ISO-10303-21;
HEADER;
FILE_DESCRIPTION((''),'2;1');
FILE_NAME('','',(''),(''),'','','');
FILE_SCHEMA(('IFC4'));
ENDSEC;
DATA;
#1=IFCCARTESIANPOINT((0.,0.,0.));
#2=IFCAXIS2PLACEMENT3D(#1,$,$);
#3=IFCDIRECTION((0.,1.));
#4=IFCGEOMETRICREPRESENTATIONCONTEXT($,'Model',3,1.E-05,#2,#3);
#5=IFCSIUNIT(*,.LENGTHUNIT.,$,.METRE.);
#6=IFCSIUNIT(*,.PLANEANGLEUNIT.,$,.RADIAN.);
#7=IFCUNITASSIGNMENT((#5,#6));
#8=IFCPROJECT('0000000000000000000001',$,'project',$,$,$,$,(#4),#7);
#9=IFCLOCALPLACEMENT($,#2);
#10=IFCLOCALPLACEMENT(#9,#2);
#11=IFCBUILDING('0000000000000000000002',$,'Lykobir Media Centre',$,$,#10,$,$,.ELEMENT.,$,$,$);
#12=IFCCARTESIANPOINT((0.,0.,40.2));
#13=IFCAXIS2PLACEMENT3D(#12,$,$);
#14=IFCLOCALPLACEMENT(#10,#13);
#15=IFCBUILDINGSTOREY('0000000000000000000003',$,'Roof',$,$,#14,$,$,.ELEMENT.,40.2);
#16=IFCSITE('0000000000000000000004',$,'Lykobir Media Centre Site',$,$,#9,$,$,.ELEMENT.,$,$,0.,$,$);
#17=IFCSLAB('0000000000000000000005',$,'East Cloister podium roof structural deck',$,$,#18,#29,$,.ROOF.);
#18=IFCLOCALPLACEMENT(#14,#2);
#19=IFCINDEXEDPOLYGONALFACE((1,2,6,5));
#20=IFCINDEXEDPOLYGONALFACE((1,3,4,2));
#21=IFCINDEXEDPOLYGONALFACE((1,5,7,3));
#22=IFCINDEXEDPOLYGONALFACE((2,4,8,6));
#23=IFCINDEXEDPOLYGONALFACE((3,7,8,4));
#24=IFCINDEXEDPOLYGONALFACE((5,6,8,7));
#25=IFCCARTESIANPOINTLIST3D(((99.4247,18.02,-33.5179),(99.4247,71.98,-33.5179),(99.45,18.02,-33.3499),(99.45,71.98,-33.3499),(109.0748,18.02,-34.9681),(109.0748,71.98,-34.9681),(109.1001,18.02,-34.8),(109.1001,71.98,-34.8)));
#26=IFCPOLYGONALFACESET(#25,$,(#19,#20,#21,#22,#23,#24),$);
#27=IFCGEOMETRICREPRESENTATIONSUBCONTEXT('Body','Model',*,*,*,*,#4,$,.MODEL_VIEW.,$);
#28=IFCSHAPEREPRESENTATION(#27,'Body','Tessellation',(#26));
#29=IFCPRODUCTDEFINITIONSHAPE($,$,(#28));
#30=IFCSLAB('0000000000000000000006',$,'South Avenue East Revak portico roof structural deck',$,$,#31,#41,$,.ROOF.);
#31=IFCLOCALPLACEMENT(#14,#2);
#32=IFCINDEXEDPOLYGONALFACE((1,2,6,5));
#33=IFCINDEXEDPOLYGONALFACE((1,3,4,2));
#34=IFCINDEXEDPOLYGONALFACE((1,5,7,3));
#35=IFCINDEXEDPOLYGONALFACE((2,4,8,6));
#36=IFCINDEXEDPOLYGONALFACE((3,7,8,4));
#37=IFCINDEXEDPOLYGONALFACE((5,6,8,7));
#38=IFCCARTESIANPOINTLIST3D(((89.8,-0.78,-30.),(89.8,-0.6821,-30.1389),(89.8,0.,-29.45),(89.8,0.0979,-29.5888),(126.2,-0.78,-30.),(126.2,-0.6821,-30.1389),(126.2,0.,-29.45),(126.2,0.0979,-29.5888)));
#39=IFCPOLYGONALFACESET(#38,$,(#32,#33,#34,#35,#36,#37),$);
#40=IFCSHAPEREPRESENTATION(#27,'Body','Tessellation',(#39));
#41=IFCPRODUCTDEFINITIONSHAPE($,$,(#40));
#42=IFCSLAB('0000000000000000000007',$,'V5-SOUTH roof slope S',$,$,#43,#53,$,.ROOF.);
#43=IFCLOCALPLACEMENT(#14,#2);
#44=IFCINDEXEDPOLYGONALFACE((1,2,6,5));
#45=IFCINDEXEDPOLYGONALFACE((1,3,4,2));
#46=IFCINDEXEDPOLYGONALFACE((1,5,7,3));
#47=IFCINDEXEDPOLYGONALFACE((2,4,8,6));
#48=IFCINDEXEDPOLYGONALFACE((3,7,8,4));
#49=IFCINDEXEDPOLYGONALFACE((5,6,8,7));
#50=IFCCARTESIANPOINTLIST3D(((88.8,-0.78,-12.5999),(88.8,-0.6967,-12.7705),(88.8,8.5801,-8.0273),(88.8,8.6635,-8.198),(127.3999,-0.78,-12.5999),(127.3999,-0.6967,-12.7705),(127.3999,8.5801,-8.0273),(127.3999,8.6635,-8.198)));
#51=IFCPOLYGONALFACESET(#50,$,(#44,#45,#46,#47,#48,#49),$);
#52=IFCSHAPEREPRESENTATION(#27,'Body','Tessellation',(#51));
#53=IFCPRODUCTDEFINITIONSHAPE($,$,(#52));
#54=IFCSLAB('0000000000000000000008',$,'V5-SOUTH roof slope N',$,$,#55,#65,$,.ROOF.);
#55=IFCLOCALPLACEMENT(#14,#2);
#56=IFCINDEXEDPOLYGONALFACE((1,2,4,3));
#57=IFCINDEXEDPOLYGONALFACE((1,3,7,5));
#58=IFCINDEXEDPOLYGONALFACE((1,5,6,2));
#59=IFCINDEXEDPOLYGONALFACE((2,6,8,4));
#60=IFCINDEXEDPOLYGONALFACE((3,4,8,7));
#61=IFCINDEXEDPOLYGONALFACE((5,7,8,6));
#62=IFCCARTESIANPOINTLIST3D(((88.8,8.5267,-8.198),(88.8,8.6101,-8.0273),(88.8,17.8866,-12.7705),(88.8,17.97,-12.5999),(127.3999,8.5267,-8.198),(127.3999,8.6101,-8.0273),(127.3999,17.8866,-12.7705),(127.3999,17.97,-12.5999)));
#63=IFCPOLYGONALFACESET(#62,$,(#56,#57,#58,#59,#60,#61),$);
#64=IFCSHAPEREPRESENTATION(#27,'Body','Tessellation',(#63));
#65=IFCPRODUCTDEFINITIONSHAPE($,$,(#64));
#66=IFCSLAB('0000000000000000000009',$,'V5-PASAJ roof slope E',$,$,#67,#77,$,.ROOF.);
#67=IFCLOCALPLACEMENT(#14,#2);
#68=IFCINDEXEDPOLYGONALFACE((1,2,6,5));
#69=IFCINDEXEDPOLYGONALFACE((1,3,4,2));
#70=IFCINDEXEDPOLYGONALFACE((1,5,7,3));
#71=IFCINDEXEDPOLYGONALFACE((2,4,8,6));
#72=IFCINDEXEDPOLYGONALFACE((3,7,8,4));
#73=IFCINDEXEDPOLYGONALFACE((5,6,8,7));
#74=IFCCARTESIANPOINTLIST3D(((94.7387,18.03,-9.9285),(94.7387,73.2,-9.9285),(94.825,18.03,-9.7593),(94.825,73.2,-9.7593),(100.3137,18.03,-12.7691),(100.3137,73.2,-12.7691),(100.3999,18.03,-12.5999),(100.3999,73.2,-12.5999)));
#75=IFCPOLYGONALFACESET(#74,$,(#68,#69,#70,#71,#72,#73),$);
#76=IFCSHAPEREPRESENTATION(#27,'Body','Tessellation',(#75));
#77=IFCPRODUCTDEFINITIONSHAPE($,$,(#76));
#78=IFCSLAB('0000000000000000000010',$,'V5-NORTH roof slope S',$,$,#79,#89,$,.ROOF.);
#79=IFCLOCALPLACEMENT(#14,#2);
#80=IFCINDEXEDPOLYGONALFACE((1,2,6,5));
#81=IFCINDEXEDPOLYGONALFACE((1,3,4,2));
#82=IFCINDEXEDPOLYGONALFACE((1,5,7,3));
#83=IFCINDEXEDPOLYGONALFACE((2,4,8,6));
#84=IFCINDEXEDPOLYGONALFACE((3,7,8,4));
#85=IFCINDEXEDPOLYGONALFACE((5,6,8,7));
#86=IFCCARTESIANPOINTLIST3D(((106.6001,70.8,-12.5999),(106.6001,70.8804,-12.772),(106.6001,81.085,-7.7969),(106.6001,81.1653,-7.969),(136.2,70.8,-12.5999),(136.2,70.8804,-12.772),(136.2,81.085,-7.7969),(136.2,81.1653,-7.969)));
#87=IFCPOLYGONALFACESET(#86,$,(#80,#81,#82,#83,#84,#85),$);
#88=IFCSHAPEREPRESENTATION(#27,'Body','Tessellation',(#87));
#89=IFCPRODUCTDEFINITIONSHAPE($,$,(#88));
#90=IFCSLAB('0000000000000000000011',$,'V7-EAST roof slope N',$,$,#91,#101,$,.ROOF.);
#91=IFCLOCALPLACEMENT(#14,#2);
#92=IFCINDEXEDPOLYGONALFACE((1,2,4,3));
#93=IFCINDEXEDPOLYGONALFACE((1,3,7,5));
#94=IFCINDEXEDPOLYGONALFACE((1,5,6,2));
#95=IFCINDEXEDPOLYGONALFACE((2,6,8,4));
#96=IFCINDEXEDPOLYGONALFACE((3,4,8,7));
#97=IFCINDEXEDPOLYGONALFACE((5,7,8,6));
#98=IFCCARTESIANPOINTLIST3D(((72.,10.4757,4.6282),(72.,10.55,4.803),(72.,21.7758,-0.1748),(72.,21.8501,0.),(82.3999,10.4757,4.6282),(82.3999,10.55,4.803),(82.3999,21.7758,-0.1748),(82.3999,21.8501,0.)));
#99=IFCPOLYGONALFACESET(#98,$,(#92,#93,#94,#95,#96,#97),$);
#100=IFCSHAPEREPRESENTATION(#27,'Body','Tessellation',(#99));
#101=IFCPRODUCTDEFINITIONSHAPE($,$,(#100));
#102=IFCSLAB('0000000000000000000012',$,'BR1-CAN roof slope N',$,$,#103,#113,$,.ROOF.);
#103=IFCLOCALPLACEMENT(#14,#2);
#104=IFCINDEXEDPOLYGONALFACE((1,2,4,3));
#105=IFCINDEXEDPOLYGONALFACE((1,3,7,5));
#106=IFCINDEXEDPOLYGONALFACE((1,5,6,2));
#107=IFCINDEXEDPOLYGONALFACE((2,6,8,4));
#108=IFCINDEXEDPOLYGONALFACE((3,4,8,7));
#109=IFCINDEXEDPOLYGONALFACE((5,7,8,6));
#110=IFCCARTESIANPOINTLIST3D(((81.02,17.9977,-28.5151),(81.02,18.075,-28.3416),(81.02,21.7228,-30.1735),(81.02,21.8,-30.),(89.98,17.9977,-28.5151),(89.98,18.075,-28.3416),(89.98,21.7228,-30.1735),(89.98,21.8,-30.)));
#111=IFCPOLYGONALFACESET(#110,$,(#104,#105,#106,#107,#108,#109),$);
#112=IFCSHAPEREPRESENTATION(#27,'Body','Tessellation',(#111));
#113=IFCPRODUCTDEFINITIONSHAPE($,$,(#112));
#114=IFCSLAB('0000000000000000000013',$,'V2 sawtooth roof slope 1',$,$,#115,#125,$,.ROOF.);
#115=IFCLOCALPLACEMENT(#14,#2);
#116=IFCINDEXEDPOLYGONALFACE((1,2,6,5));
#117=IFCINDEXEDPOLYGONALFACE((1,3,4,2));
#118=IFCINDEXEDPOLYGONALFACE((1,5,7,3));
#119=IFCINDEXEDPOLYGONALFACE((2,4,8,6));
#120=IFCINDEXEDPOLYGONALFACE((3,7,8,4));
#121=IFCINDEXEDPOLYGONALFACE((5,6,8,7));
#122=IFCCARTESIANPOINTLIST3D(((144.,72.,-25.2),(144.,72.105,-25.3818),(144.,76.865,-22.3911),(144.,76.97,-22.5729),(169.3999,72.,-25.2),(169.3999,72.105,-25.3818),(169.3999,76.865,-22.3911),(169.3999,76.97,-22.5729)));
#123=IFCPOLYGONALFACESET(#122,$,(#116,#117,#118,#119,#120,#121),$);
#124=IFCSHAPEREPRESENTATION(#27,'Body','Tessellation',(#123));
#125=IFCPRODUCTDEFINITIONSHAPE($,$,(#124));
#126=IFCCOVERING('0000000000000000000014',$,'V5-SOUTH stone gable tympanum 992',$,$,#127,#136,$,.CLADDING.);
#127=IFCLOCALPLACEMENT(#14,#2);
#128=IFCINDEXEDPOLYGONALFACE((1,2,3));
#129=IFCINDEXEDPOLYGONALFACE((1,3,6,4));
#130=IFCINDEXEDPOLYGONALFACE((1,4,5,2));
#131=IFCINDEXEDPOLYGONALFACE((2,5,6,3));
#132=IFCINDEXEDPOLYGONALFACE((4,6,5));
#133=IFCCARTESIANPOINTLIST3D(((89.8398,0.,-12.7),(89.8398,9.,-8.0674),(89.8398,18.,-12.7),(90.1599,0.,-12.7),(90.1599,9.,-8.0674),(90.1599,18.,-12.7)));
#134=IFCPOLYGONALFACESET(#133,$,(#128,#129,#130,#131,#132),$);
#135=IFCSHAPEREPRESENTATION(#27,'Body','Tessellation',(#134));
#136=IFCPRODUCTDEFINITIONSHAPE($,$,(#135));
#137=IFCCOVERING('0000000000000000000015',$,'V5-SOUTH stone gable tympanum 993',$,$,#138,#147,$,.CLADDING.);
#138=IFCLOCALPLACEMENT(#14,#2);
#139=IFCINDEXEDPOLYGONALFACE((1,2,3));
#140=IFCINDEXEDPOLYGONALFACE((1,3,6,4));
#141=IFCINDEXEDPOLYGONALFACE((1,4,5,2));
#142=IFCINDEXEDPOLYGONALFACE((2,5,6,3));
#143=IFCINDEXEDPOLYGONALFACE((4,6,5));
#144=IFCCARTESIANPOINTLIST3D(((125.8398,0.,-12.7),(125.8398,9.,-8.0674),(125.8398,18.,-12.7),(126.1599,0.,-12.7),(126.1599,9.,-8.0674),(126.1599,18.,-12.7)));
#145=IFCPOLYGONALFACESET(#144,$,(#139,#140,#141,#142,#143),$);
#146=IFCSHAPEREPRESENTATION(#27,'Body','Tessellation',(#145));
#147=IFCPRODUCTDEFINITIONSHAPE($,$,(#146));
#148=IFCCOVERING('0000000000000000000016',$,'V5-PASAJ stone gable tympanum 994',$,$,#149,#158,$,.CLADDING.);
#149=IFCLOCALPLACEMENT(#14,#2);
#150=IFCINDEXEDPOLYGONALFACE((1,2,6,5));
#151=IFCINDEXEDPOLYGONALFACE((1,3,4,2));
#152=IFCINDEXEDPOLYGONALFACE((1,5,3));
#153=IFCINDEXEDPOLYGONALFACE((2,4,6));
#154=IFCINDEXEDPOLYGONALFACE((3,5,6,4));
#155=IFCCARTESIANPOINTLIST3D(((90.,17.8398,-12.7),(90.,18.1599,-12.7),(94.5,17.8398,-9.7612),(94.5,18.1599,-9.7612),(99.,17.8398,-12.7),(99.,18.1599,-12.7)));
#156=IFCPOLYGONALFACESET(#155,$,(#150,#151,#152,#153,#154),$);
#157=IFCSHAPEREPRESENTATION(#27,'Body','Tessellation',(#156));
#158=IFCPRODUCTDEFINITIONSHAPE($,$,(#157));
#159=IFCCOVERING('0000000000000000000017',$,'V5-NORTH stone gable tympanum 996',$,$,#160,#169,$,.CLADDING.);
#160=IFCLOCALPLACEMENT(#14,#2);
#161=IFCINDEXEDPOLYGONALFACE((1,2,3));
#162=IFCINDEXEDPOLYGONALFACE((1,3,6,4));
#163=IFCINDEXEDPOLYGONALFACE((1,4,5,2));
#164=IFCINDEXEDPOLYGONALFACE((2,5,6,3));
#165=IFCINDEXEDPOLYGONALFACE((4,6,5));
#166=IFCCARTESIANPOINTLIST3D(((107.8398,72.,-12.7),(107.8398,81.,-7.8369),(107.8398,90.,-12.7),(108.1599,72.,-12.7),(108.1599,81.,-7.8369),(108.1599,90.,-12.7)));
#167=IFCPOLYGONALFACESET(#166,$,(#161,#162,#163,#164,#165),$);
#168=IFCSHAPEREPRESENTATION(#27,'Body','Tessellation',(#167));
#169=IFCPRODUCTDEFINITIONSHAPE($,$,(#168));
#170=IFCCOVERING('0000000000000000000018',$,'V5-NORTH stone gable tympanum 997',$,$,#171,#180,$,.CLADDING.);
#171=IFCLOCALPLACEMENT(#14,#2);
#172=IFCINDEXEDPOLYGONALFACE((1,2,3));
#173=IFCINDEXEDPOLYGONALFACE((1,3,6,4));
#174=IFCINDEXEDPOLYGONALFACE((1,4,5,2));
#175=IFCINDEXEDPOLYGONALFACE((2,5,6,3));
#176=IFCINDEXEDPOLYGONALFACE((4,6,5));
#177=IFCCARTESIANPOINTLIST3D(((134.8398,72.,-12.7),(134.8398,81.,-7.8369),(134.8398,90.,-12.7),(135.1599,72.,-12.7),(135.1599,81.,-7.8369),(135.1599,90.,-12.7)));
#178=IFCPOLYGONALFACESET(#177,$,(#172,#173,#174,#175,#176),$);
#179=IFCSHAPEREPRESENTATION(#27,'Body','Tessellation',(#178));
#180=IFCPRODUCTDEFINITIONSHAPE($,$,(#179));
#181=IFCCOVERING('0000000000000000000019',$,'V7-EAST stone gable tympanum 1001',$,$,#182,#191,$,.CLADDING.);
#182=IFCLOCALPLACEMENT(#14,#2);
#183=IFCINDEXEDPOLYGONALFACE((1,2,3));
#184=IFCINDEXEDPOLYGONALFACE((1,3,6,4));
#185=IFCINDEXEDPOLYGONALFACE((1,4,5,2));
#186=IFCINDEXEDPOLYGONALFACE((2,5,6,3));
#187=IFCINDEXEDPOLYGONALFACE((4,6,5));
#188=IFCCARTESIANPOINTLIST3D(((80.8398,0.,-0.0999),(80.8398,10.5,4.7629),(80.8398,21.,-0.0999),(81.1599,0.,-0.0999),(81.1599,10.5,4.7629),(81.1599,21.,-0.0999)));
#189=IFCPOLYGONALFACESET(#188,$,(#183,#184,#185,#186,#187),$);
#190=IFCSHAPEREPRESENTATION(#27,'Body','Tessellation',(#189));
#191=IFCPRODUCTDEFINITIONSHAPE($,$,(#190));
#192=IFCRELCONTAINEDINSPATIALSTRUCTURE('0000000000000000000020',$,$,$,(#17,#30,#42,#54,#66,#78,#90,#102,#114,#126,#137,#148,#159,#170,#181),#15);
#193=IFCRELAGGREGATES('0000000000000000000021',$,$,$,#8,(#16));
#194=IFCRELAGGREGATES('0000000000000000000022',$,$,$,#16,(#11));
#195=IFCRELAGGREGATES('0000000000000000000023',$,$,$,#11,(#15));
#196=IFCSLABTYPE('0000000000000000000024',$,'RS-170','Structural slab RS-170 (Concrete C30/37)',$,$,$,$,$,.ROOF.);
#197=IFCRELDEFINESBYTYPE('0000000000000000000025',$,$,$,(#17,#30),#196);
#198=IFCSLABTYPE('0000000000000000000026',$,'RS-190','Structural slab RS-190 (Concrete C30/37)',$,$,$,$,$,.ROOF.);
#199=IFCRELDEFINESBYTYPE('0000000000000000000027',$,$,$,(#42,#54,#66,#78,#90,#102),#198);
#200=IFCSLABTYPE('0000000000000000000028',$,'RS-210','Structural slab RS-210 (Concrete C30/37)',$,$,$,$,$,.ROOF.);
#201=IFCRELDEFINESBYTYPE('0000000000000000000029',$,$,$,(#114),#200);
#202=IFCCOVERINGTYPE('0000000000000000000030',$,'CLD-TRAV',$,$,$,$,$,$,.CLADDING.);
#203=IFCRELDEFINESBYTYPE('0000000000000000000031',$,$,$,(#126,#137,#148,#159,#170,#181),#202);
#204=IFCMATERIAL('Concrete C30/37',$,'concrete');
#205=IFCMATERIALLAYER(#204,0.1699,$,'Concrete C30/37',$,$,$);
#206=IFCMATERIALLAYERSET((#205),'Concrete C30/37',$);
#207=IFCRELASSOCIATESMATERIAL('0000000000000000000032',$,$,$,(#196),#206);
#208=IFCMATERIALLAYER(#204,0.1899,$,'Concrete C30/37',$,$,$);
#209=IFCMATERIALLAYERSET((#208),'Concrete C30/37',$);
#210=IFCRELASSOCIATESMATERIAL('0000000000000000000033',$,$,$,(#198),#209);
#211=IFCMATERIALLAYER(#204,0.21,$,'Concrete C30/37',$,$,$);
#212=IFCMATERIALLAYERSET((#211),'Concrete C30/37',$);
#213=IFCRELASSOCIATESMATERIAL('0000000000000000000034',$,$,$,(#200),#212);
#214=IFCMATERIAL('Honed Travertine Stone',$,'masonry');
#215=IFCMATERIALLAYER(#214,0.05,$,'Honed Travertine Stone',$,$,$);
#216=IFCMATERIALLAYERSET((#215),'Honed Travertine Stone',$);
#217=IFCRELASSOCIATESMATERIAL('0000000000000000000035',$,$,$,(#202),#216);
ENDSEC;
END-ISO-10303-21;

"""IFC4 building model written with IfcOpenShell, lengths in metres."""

from ifc_helpers import new_model, si_unit, direction, frame, origin, place, context, subcontext, project, spatial, polyline, outline, extrude, material, layer, layer_set, type_object, element, save


model = new_model("IFC4")

# Units and contexts
model_context = context("Model", 3, precision=1e-05, world=origin(), true_north=direction((0.0, 1.0)))
body_context = subcontext(model_context, "Body", "Model", "MODEL_VIEW")
ifc_project = project(units=[si_unit("LENGTHUNIT", "METRE"), si_unit("PLANEANGLEUNIT", "RADIAN")], contexts=[model_context])

# Site, building, storey
site_placement = place(None, origin())
site = spatial("IfcSite", under=ifc_project, at=site_placement, Name="Lykobir Media Centre Site", CompositionType="ELEMENT", RefElevation=0.0)
building_placement = place(site_placement, origin())
building = spatial("IfcBuilding", under=site, at=building_placement, Name="Lykobir Media Centre", CompositionType="ELEMENT")
storey_placement = place(building_placement, frame((0.0, 0.0, 40.2)))
storey = spatial("IfcBuildingStorey", under=building, at=storey_placement, Name="Roof", CompositionType="ELEMENT", Elevation=40.2)

# Slabs
ifc_material_1 = material(Name="Concrete C30/37", Category="concrete")
ifc_layer_1 = layer(ifc_material_1, 0.1699, Name="Concrete C30/37")
ifc_layer_set_1 = layer_set([ifc_layer_1], Name="Concrete C30/37")
slab_type_1 = type_object("IfcSlabType", Name="RS-170", Description="Structural slab RS-170 (Concrete C30/37)", PredefinedType="ROOF", material=ifc_layer_set_1)
slab_1_placement = place(storey_placement, frame((109.1001, 18.02, -34.8), z_axis=(0.148608, 0.0, 0.988896), x_axis=(0.0, 1.0, 0.0)))
element("IfcSlab", 1, at=slab_1_placement, inside=storey, type_object=slab_type_1, Name="East Cloister podium roof structural deck", PredefinedType="ROOF", context=body_context, shape_type="SweptSolid", body=[
    extrude(outline(polyline([(0.0, 0.0), (53.96, 0.0), (53.96, 9.7585), (0.0, 9.7585), (0.0, 0.0)])), origin(), (0.0, 0.0, -1.0), 0.1699),
])
slab_2_placement = place(storey_placement, frame((89.8, -0.78, -30.0), z_axis=(0.0, -0.576291, 0.817244), x_axis=(1.0, 0.0, 0.0)))
element("IfcSlab", 2, at=slab_2_placement, inside=storey, type_object=slab_type_1, Name="South Avenue East Revak portico roof structural deck", PredefinedType="ROOF", context=body_context, shape_type="SweptSolid", body=[
    extrude(outline(polyline([(0.0, 0.0), (36.3999, 0.0), (36.3999, 0.9545), (0.0, 0.9545), (0.0, 0.0)])), origin(), (0.0, 0.0, -1.0), 0.1699),
])
ifc_layer_2 = layer(ifc_material_1, 0.1899, Name="Concrete C30/37")
ifc_layer_set_2 = layer_set([ifc_layer_2], Name="Concrete C30/37")
slab_type_2 = type_object("IfcSlabType", Name="RS-190", Description="Structural slab RS-190 (Concrete C30/37)", PredefinedType="ROOF", material=ifc_layer_set_2)
slab_3_placement = place(storey_placement, frame((88.8, -0.78, -12.5999), z_axis=(0.0, -0.438936, 0.898519), x_axis=(1.0, 0.0, 0.0)))
element("IfcSlab", 3, at=slab_3_placement, inside=storey, type_object=slab_type_2, Name="V5-SOUTH roof slope S", PredefinedType="ROOF", context=body_context, shape_type="SweptSolid", body=[
    extrude(outline(polyline([(0.0, 0.0), (38.5999, 0.0), (38.5999, 10.4173), (0.0, 10.4173), (0.0, 0.0)])), origin(), (0.0, 0.0, -1.0), 0.1899),
])
slab_4_placement = place(storey_placement, frame((127.3999, 17.97, -12.5999), z_axis=(0.0, 0.438945, 0.898514), x_axis=(-1.0, 0.0, 0.0)))
element("IfcSlab", 4, at=slab_4_placement, inside=storey, type_object=slab_type_2, Name="V5-SOUTH roof slope N", PredefinedType="ROOF", context=body_context, shape_type="SweptSolid", body=[
    extrude(outline(polyline([(0.0, 0.0), (38.5999, 0.0), (38.5999, 10.417), (0.0, 10.417), (0.0, 0.0)])), origin(), (0.0, 0.0, -1.0), 0.1899),
])
slab_5_placement = place(storey_placement, frame((100.3999, 18.03, -12.5999), z_axis=(0.45399, 0.0, 0.891007), x_axis=(0.0, 1.0, 0.0)))
element("IfcSlab", 5, at=slab_5_placement, inside=storey, type_object=slab_type_2, Name="V5-PASAJ roof slope E", PredefinedType="ROOF", context=body_context, shape_type="SweptSolid", body=[
    extrude(outline(polyline([(0.0, 0.0), (55.1699, 0.0), (55.1699, 6.2569), (0.0, 6.2569), (0.0, 0.0)])), origin(), (0.0, 0.0, -1.0), 0.1899),
])
slab_6_placement = place(storey_placement, frame((106.6001, 70.8, -12.5999), z_axis=(0.0, -0.423128, 0.90607), x_axis=(1.0, 0.0, 0.0)))
element("IfcSlab", 6, at=slab_6_placement, inside=storey, type_object=slab_type_2, Name="V5-NORTH roof slope S", PredefinedType="ROOF", context=body_context, shape_type="SweptSolid", body=[
    extrude(outline(polyline([(0.0, 0.0), (29.5999, 0.0), (29.5999, 11.3511), (0.0, 11.3511), (0.0, 0.0)])), origin(), (0.0, 0.0, -1.0), 0.1899),
])
slab_7_placement = place(storey_placement, frame((82.3999, 21.8501, 0.0), z_axis=(0.0, 0.391172, 0.920317), x_axis=(-1.0, 0.0, 0.0)))
element("IfcSlab", 7, at=slab_7_placement, inside=storey, type_object=slab_type_2, Name="V7-EAST roof slope N", PredefinedType="ROOF", context=body_context, shape_type="SweptSolid", body=[
    extrude(outline(polyline([(0.0, 0.0), (10.3999, 0.0), (10.3999, 12.2784), (0.0, 12.2784), (0.0, 0.0)])), origin(), (0.0, 0.0, -1.0), 0.1899),
])
slab_8_placement = place(storey_placement, frame((89.98, 21.8, -30.0), z_axis=(0.0, 0.406722, 0.913552), x_axis=(-1.0, 0.0, 0.0)))
element("IfcSlab", 8, at=slab_8_placement, inside=storey, type_object=slab_type_2, Name="BR1-CAN roof slope N", PredefinedType="ROOF", context=body_context, shape_type="SweptSolid", body=[
    extrude(outline(polyline([(0.0, 0.0), (8.96, 0.0), (8.96, 4.0776), (0.0, 4.0776), (0.0, 0.0)])), origin(), (0.0, 0.0, -1.0), 0.1899),
])
ifc_layer_3 = layer(ifc_material_1, 0.21, Name="Concrete C30/37")
ifc_layer_set_3 = layer_set([ifc_layer_3], Name="Concrete C30/37")
slab_type_3 = type_object("IfcSlabType", Name="RS-210", Description="Structural slab RS-210 (Concrete C30/37)", PredefinedType="ROOF", material=ifc_layer_set_3)
slab_9_placement = place(storey_placement, frame((144.0, 72.0, -25.2), z_axis=(0.0, -0.500005, 0.866023), x_axis=(1.0, 0.0, 0.0)))
element("IfcSlab", 9, at=slab_9_placement, inside=storey, type_object=slab_type_3, Name="V2 sawtooth roof slope 1", PredefinedType="ROOF", context=body_context, shape_type="SweptSolid", body=[
    extrude(outline(polyline([(0.0, 0.0), (25.3999, 0.0), (25.3999, 5.6176), (0.0, 5.6176), (0.0, 0.0)])), origin(), (0.0, 0.0, -1.0), 0.21),
])

# Coverings
ifc_material_2 = material(Name="Honed Travertine Stone", Category="masonry")
ifc_layer_4 = layer(ifc_material_2, 0.05, Name="Honed Travertine Stone")
ifc_layer_set_4 = layer_set([ifc_layer_4], Name="Honed Travertine Stone")
covering_type_1 = type_object("IfcCoveringType", Name="CLD-TRAV", PredefinedType="CLADDING", material=ifc_layer_set_4)
for number, where, z_axis, x_axis, name in (
    (10, (90.1599, 0.0, -12.7), (1.0, 0.0, 0.0), (0.0, 1.0, 0.0), "V5-SOUTH stone gable tympanum 992"),
    (11, (126.1599, 0.0, -12.7), (1.0, 0.0, 0.0), (0.0, 1.0, 0.0), "V5-SOUTH stone gable tympanum 993"),
):
    element("IfcCovering", number, at=place(storey_placement, frame(where, z_axis=z_axis, x_axis=x_axis)), inside=storey, type_object=covering_type_1, Name=name, PredefinedType="CLADDING", context=body_context, shape_type="SweptSolid", body=[
        extrude(outline(polyline([(0.0, 0.0), (18.0, 0.0), (9.0, 4.6326), (0.0, 0.0)])), origin(), (0.0, 0.0, -1.0), 0.3201),
    ])
covering_1_placement = place(storey_placement, frame((99.0, 18.1599, -12.7), z_axis=(0.0, 1.0, 0.0), x_axis=(-1.0, 0.0, 0.0)))
element("IfcCovering", 12, at=covering_1_placement, inside=storey, type_object=covering_type_1, Name="V5-PASAJ stone gable tympanum 994", PredefinedType="CLADDING", context=body_context, shape_type="SweptSolid", body=[
    extrude(outline(polyline([(0.0, 0.0), (9.0, 0.0), (4.5, 2.9387), (0.0, 0.0)])), origin(), (0.0, 0.0, -1.0), 0.3201),
])
for number, where, z_axis, x_axis, name in (
    (13, (108.1599, 72.0, -12.7), (1.0, 0.0, 0.0), (0.0, 1.0, 0.0), "V5-NORTH stone gable tympanum 996"),
    (14, (135.1599, 72.0, -12.7), (1.0, 0.0, 0.0), (0.0, 1.0, 0.0), "V5-NORTH stone gable tympanum 997"),
):
    element("IfcCovering", number, at=place(storey_placement, frame(where, z_axis=z_axis, x_axis=x_axis)), inside=storey, type_object=covering_type_1, Name=name, PredefinedType="CLADDING", context=body_context, shape_type="SweptSolid", body=[
        extrude(outline(polyline([(0.0, 0.0), (18.0, 0.0), (9.0, 4.863), (0.0, 0.0)])), origin(), (0.0, 0.0, -1.0), 0.3201),
    ])
covering_2_placement = place(storey_placement, frame((81.1599, 0.0, -0.0999), z_axis=(1.0, 0.0, 0.0), x_axis=(0.0, 1.0, 0.0)))
element("IfcCovering", 15, at=covering_2_placement, inside=storey, type_object=covering_type_1, Name="V7-EAST stone gable tympanum 1001", PredefinedType="CLADDING", context=body_context, shape_type="SweptSolid", body=[
    extrude(outline(polyline([(0.0, 0.0), (21.0, 0.0), (10.5, 4.8628), (0.0, 0.0)])), origin(), (0.0, 0.0, -1.0), 0.3201),
])

save(model, "model.ifc")
